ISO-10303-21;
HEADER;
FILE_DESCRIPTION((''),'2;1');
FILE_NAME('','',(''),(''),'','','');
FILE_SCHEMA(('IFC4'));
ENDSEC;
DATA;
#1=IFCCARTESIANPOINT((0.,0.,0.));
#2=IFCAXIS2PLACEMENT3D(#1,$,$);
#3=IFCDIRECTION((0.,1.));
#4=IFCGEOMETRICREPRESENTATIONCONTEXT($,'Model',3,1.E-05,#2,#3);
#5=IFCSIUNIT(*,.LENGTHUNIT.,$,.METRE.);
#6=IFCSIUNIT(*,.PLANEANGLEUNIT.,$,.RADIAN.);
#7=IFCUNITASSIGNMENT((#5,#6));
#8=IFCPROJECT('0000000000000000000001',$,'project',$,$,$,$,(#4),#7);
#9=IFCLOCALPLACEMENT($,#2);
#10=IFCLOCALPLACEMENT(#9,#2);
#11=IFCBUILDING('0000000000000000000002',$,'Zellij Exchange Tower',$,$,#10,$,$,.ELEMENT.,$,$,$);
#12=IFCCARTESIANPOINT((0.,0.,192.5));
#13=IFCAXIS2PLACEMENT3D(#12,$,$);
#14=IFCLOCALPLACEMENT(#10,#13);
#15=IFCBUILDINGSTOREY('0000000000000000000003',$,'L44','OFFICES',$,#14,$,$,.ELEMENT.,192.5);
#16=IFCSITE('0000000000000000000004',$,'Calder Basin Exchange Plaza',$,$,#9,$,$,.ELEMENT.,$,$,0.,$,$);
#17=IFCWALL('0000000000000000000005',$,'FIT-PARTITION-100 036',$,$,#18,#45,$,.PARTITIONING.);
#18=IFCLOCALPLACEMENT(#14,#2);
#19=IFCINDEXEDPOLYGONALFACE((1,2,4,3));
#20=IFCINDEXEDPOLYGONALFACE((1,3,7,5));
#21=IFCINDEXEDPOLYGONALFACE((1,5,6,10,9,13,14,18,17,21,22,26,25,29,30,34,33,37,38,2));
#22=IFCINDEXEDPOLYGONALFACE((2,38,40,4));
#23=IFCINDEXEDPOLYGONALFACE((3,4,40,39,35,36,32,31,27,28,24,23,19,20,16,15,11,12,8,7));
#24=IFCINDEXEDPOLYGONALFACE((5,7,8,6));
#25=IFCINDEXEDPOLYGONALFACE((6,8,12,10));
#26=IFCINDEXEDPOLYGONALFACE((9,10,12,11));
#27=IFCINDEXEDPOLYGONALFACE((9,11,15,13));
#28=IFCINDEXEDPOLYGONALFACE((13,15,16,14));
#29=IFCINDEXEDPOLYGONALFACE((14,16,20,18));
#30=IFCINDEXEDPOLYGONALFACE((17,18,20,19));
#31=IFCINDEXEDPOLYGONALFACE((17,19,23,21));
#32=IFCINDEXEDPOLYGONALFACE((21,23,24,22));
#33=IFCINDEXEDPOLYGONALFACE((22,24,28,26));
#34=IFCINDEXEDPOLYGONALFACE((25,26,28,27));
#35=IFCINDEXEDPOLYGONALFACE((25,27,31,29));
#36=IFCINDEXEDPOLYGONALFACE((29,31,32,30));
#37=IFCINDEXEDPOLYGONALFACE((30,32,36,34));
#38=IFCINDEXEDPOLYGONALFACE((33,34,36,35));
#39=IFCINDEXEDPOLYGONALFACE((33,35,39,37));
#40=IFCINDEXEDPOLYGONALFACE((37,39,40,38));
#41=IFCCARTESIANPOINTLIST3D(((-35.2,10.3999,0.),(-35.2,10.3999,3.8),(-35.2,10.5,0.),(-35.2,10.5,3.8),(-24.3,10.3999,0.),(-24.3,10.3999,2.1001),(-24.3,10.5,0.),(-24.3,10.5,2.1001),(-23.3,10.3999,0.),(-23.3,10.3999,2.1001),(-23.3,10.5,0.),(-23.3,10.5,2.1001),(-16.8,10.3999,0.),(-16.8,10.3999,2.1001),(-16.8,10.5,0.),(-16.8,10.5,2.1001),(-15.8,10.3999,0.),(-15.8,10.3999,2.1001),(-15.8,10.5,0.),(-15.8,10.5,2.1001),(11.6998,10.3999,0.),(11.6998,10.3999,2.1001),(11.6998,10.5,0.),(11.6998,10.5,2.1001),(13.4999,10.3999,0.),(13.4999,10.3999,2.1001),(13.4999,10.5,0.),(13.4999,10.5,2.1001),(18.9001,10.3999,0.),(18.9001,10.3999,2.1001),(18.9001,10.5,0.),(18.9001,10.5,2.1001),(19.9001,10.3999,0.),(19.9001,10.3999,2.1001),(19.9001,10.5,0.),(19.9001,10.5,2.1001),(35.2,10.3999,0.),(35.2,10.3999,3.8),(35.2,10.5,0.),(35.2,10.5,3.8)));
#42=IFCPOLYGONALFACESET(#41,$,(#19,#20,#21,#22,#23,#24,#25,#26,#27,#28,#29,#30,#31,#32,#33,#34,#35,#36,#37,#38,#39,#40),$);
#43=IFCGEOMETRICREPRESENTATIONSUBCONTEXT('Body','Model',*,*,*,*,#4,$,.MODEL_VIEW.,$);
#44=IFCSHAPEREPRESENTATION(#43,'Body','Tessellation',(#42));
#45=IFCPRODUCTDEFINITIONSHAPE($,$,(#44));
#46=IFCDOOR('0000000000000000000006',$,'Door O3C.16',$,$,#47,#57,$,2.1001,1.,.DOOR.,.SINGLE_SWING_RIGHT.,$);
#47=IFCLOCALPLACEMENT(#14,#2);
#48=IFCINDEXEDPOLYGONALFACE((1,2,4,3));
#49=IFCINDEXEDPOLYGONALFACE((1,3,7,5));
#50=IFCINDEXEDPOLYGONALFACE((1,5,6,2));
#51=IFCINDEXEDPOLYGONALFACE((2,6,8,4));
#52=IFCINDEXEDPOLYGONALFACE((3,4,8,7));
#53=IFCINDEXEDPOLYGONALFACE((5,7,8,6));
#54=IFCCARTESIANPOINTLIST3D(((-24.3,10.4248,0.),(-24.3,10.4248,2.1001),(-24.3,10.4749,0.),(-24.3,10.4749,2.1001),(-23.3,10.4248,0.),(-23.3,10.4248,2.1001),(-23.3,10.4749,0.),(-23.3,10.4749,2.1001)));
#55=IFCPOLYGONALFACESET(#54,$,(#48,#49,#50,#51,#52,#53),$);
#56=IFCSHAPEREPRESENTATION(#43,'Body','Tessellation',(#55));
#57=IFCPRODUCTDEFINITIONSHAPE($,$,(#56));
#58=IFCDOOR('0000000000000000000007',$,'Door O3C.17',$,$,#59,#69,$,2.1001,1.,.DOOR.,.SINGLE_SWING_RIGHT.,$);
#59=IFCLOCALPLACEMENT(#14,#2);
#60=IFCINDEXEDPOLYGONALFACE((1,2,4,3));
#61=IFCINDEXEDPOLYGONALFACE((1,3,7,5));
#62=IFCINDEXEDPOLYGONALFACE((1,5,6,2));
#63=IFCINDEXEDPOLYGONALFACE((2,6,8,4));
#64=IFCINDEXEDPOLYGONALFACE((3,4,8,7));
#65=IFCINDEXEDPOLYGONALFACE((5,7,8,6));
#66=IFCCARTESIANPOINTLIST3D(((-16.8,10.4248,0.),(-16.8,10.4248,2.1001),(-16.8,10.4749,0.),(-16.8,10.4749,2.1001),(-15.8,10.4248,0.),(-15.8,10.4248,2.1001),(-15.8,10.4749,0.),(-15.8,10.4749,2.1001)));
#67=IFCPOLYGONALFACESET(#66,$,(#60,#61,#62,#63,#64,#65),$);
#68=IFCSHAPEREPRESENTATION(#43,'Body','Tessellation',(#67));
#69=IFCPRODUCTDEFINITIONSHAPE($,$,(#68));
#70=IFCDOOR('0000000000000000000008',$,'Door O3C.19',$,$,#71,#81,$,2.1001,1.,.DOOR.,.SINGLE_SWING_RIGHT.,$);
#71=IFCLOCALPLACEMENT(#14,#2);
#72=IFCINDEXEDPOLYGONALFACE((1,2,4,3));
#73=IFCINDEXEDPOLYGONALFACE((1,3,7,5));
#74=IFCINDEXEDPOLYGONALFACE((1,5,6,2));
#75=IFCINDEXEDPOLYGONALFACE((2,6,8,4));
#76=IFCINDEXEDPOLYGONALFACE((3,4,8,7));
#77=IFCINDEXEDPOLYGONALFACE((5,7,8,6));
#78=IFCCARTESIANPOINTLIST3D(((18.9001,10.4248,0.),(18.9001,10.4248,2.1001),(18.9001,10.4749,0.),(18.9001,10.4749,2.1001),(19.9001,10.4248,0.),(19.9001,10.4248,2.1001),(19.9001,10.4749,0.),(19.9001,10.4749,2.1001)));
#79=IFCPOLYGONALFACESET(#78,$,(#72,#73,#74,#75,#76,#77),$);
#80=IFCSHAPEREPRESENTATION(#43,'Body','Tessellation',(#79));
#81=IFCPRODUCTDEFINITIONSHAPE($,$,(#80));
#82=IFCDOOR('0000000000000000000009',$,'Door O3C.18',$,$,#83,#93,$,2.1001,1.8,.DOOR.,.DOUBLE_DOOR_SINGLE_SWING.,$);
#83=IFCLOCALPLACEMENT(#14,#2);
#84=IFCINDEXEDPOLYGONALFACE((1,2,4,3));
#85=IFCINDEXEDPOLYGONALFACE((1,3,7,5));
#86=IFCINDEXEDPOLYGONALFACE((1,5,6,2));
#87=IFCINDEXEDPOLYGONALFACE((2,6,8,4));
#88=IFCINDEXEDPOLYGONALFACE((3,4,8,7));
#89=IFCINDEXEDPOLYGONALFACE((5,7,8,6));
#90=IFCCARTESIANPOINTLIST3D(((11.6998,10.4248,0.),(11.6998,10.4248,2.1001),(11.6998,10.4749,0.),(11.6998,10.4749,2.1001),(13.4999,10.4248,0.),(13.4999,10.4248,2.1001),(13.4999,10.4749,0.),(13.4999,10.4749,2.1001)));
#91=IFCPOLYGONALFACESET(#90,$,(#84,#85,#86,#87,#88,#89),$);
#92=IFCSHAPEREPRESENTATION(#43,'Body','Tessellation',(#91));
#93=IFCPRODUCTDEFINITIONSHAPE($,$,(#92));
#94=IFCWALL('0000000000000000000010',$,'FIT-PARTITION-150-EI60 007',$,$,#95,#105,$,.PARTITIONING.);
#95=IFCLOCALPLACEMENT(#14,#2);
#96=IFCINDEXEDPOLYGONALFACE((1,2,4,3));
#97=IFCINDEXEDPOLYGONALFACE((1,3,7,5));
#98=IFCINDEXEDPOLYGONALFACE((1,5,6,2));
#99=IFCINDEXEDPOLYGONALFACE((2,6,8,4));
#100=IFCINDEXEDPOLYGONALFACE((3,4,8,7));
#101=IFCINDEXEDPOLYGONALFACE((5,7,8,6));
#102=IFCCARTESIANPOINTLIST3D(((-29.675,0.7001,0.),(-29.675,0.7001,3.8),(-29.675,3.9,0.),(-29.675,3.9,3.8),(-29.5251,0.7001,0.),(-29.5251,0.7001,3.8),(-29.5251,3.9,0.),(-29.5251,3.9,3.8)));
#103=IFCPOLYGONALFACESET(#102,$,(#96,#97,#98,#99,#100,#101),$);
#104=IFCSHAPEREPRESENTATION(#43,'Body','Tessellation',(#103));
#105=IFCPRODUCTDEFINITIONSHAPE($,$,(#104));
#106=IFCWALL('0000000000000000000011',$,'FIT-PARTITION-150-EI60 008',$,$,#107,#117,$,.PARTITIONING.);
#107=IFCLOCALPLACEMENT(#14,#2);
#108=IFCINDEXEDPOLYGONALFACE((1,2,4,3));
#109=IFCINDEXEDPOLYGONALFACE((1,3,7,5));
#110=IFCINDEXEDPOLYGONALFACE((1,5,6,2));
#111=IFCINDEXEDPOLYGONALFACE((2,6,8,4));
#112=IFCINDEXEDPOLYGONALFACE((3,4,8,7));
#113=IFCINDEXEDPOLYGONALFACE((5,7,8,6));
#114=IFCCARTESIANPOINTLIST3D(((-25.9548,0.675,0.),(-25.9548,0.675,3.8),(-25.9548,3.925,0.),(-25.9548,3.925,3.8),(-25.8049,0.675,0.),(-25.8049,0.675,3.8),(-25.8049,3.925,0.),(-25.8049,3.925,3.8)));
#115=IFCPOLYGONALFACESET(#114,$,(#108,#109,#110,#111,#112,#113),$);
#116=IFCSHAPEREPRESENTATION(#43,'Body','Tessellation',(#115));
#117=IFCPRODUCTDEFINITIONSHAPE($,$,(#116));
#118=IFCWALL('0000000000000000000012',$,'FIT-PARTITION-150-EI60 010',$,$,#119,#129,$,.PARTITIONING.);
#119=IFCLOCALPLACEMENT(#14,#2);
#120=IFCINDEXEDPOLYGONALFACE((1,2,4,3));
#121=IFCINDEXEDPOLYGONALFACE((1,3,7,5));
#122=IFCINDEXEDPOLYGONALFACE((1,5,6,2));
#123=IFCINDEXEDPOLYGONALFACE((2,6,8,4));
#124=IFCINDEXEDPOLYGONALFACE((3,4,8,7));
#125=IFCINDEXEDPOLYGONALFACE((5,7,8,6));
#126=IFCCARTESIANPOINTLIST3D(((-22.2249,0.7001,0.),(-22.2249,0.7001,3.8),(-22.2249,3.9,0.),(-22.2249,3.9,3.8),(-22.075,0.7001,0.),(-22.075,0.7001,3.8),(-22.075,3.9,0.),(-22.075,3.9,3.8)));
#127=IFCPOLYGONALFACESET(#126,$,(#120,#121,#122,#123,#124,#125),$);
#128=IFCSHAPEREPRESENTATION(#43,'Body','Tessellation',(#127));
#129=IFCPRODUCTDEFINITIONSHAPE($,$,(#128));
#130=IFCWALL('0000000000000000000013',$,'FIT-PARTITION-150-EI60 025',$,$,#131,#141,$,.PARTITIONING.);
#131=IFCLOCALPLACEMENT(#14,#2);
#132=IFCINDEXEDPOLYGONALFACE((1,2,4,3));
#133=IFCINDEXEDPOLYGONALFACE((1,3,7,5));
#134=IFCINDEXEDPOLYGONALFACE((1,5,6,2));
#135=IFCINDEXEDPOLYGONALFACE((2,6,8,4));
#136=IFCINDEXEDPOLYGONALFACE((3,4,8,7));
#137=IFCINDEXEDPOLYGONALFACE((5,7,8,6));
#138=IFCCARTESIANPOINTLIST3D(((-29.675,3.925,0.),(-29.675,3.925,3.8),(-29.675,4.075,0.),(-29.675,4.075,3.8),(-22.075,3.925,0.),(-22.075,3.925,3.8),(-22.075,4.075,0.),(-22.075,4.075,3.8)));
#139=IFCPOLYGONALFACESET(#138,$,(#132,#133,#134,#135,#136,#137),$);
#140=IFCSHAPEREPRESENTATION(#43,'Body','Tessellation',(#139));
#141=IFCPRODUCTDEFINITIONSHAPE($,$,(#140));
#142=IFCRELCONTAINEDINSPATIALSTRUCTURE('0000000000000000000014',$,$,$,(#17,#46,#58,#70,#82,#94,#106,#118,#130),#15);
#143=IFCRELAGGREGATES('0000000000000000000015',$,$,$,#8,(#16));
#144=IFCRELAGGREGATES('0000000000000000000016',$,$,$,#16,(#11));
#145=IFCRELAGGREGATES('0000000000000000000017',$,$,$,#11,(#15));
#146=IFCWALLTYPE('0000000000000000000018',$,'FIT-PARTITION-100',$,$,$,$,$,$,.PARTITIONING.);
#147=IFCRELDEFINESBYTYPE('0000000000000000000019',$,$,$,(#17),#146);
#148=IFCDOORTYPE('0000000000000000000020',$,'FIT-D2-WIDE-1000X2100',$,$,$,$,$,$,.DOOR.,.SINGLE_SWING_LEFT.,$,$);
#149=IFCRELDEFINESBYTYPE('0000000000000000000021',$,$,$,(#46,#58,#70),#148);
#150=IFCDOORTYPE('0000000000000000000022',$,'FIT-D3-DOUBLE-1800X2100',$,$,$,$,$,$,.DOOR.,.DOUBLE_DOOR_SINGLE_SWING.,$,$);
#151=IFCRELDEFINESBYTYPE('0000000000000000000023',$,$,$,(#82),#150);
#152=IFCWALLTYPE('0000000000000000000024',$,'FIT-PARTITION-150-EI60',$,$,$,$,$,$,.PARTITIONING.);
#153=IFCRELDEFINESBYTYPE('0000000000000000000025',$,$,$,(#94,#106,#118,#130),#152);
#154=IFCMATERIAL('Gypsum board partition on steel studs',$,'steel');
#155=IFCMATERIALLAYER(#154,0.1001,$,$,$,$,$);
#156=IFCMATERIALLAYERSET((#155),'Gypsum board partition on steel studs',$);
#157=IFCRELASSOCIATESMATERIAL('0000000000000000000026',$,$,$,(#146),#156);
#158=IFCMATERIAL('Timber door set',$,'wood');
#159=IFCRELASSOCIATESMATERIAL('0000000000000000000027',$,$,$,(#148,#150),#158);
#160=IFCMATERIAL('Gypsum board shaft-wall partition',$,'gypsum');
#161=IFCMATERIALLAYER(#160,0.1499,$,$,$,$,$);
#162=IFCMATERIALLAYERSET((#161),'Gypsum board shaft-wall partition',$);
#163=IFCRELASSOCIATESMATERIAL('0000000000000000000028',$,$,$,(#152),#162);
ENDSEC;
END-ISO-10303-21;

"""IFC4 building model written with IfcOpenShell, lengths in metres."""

from ifc_helpers import new_model, si_unit, direction, frame, frame_2d, origin, place, context, subcontext, project, spatial, rectangle, extrude, material, layer, layer_set, type_object, element, fill, save


model = new_model("IFC4")

# Units and contexts
model_context = context("Model", 3, precision=1e-05, world=origin(), true_north=direction((0.0, 1.0)))
body_context = subcontext(model_context, "Body", "Model", "MODEL_VIEW")
ifc_project = project(units=[si_unit("LENGTHUNIT", "METRE"), si_unit("PLANEANGLEUNIT", "RADIAN")], contexts=[model_context])

# Site, building, storey
site_placement = place(None, origin())
site = spatial("IfcSite", under=ifc_project, at=site_placement, Name="Calder Basin Exchange Plaza", CompositionType="ELEMENT", RefElevation=0.0)
building_placement = place(site_placement, origin())
building = spatial("IfcBuilding", under=site, at=building_placement, Name="Zellij Exchange Tower", CompositionType="ELEMENT")
storey_placement = place(building_placement, frame((0.0, 0.0, 192.5)))
storey = spatial("IfcBuildingStorey", under=building, at=storey_placement, Name="L44", Description="OFFICES", CompositionType="ELEMENT", Elevation=192.5)

# Shared definitions
ifc_material_1 = material(Name="Gypsum board partition on steel studs", Category="steel")
ifc_layer_1 = layer(ifc_material_1, 0.1001)
ifc_layer_set_1 = layer_set([ifc_layer_1], Name="Gypsum board partition on steel studs")
wall_type_1 = type_object("IfcWallType", Name="FIT-PARTITION-100", PredefinedType="PARTITIONING", material=ifc_layer_set_1)

# Shared definitions
ifc_material_2 = material(Name="Timber door set", Category="wood")

# Wall, openings, doors
wall_1_placement = place(storey_placement, frame((-35.2, 10.45, 0.0), z_axis=(0.0, 0.0, 1.0), x_axis=(1.0, 0.0, 0.0)))
wall_1 = element("IfcWall", 1, at=wall_1_placement, inside=storey, type_object=wall_type_1, Name="FIT-PARTITION-100 036", PredefinedType="PARTITIONING", context=body_context, shape_type="SweptSolid", body=[
    extrude(rectangle(XDim=70.3999, YDim=0.1001, at=frame_2d((35.2, 0.0))), origin(), (0.0, 0.0, 1.0), 3.8),
])
opening_1_placement = place(wall_1_placement, frame((10.8999, 0.0, 0.0)))
opening_1 = element("IfcOpeningElement", 2, at=opening_1_placement, cuts=wall_1, PredefinedType="OPENING", context=body_context, shape_type="SweptSolid", body=[
    extrude(rectangle(XDim=1.0, YDim=2.1001, at=frame_2d((0.5, 1.05))), frame((0.0, 0.062, 0.0), z_axis=(0.0, -1.0, 0.0), x_axis=(1.0, 0.0, 0.0)), (0.0, 0.0, 1.0), 0.124),
])
opening_2_placement = place(wall_1_placement, frame((18.3999, 0.0, 0.0)))
opening_2 = element("IfcOpeningElement", 3, at=opening_2_placement, cuts=wall_1, PredefinedType="OPENING", context=body_context, shape_type="SweptSolid", body=[
    extrude(rectangle(XDim=1.0, YDim=2.1001, at=frame_2d((0.5, 1.05))), frame((0.0, 0.062, 0.0), z_axis=(0.0, -1.0, 0.0), x_axis=(1.0, 0.0, 0.0)), (0.0, 0.0, 1.0), 0.124),
])
opening_3_placement = place(wall_1_placement, frame((46.8999, 0.0, 0.0)))
opening_3 = element("IfcOpeningElement", 4, at=opening_3_placement, cuts=wall_1, PredefinedType="OPENING", context=body_context, shape_type="SweptSolid", body=[
    extrude(rectangle(XDim=1.8, YDim=2.1001, at=frame_2d((0.8999, 1.05))), frame((0.0, 0.062, 0.0), z_axis=(0.0, -1.0, 0.0), x_axis=(1.0, 0.0, 0.0)), (0.0, 0.0, 1.0), 0.124),
])
opening_4_placement = place(wall_1_placement, frame((54.1001, 0.0, 0.0)))
opening_4 = element("IfcOpeningElement", 5, at=opening_4_placement, cuts=wall_1, PredefinedType="OPENING", context=body_context, shape_type="SweptSolid", body=[
    extrude(rectangle(XDim=1.0, YDim=2.1001, at=frame_2d((0.5, 1.05))), frame((0.0, 0.062, 0.0), z_axis=(0.0, -1.0, 0.0), x_axis=(1.0, 0.0, 0.0)), (0.0, 0.0, 1.0), 0.124),
])
door_type_1 = type_object("IfcDoorType", Name="FIT-D2-WIDE-1000X2100", OperationType="SINGLE_SWING_LEFT", PredefinedType="DOOR", material=ifc_material_2)
door_1_placement = place(opening_1_placement, origin())
door_1 = element("IfcDoor", 6, at=door_1_placement, inside=storey, type_object=door_type_1, Name="Door O3C.16", OperationType="SINGLE_SWING_RIGHT", OverallHeight=2.1001, OverallWidth=1.0, PredefinedType="DOOR", context=body_context, shape_type="SweptSolid", body=[
    extrude(rectangle(XDim=1.0, YDim=2.1001, at=frame_2d((0.5, 1.05))), frame((0.0, 0.0249, 0.0), z_axis=(0.0, -1.0, 0.0), x_axis=(1.0, 0.0, 0.0)), (0.0, 0.0, 1.0), 0.05),
])
fill(opening_1, door_1)
door_2_placement = place(opening_2_placement, origin())
door_2 = element("IfcDoor", 7, at=door_2_placement, inside=storey, type_object=door_type_1, Name="Door O3C.17", OperationType="SINGLE_SWING_RIGHT", OverallHeight=2.1001, OverallWidth=1.0, PredefinedType="DOOR", context=body_context, shape_type="SweptSolid", body=[
    extrude(rectangle(XDim=1.0, YDim=2.1001, at=frame_2d((0.5, 1.05))), frame((0.0, 0.0249, 0.0), z_axis=(0.0, -1.0, 0.0), x_axis=(1.0, 0.0, 0.0)), (0.0, 0.0, 1.0), 0.05),
])
fill(opening_2, door_2)
door_3_placement = place(opening_4_placement, origin())
door_3 = element("IfcDoor", 8, at=door_3_placement, inside=storey, type_object=door_type_1, Name="Door O3C.19", OperationType="SINGLE_SWING_RIGHT", OverallHeight=2.1001, OverallWidth=1.0, PredefinedType="DOOR", context=body_context, shape_type="SweptSolid", body=[
    extrude(rectangle(XDim=1.0, YDim=2.1001, at=frame_2d((0.5, 1.05))), frame((0.0, 0.0249, 0.0), z_axis=(0.0, -1.0, 0.0), x_axis=(1.0, 0.0, 0.0)), (0.0, 0.0, 1.0), 0.05),
])
fill(opening_4, door_3)
door_type_2 = type_object("IfcDoorType", Name="FIT-D3-DOUBLE-1800X2100", OperationType="DOUBLE_DOOR_SINGLE_SWING", PredefinedType="DOOR", material=ifc_material_2)
door_4_placement = place(opening_3_placement, origin())
door_4 = element("IfcDoor", 9, at=door_4_placement, inside=storey, type_object=door_type_2, Name="Door O3C.18", OperationType="DOUBLE_DOOR_SINGLE_SWING", OverallHeight=2.1001, OverallWidth=1.8, PredefinedType="DOOR", context=body_context, shape_type="SweptSolid", body=[
    extrude(rectangle(XDim=1.8, YDim=2.1001, at=frame_2d((0.8999, 1.05))), frame((0.0, 0.0249, 0.0), z_axis=(0.0, -1.0, 0.0), x_axis=(1.0, 0.0, 0.0)), (0.0, 0.0, 1.0), 0.05),
])
fill(opening_3, door_4)

# Walls
ifc_material_3 = material(Name="Gypsum board shaft-wall partition", Category="gypsum")
ifc_layer_2 = layer(ifc_material_3, 0.1499)
ifc_layer_set_2 = layer_set([ifc_layer_2], Name="Gypsum board shaft-wall partition")
wall_type_2 = type_object("IfcWallType", Name="FIT-PARTITION-150-EI60", PredefinedType="PARTITIONING", material=ifc_layer_set_2)
wall_2_placement = place(storey_placement, frame((-29.6001, 0.7, 0.0), z_axis=(0.0, 0.0, 1.0), x_axis=(0.0, 1.0, 0.0)))
element("IfcWall", 10, at=wall_2_placement, inside=storey, type_object=wall_type_2, Name="FIT-PARTITION-150-EI60 007", PredefinedType="PARTITIONING", context=body_context, shape_type="SweptSolid", body=[
    extrude(rectangle(XDim=3.2, YDim=0.1499, at=frame_2d((1.6001, 0.0))), origin(), (0.0, 0.0, 1.0), 3.8),
])
wall_3_placement = place(storey_placement, frame((-25.8799, 0.675, 0.0), z_axis=(0.0, 0.0, 1.0), x_axis=(0.0, 1.0, 0.0)))
element("IfcWall", 11, at=wall_3_placement, inside=storey, type_object=wall_type_2, Name="FIT-PARTITION-150-EI60 008", PredefinedType="PARTITIONING", context=body_context, shape_type="SweptSolid", body=[
    extrude(rectangle(XDim=3.25, YDim=0.1499, at=frame_2d((1.625, 0.0))), origin(), (0.0, 0.0, 1.0), 3.8),
])
wall_4_placement = place(storey_placement, frame((-22.1499, 0.7, 0.0), z_axis=(0.0, 0.0, 1.0), x_axis=(0.0, 1.0, 0.0)))
element("IfcWall", 12, at=wall_4_placement, inside=storey, type_object=wall_type_2, Name="FIT-PARTITION-150-EI60 010", PredefinedType="PARTITIONING", context=body_context, shape_type="SweptSolid", body=[
    extrude(rectangle(XDim=3.2, YDim=0.1499, at=frame_2d((1.6001, 0.0))), origin(), (0.0, 0.0, 1.0), 3.8),
])
wall_5_placement = place(storey_placement, frame((-29.675, 4.0, 0.0), z_axis=(0.0, 0.0, 1.0), x_axis=(1.0, 0.0, 0.0)))
element("IfcWall", 13, at=wall_5_placement, inside=storey, type_object=wall_type_2, Name="FIT-PARTITION-150-EI60 025", PredefinedType="PARTITIONING", context=body_context, shape_type="SweptSolid", body=[
    extrude(rectangle(XDim=7.6001, YDim=0.1499, at=frame_2d((3.8, 0.0))), origin(), (0.0, 0.0, 1.0), 3.8),
])

save(model, "model.ifc")
